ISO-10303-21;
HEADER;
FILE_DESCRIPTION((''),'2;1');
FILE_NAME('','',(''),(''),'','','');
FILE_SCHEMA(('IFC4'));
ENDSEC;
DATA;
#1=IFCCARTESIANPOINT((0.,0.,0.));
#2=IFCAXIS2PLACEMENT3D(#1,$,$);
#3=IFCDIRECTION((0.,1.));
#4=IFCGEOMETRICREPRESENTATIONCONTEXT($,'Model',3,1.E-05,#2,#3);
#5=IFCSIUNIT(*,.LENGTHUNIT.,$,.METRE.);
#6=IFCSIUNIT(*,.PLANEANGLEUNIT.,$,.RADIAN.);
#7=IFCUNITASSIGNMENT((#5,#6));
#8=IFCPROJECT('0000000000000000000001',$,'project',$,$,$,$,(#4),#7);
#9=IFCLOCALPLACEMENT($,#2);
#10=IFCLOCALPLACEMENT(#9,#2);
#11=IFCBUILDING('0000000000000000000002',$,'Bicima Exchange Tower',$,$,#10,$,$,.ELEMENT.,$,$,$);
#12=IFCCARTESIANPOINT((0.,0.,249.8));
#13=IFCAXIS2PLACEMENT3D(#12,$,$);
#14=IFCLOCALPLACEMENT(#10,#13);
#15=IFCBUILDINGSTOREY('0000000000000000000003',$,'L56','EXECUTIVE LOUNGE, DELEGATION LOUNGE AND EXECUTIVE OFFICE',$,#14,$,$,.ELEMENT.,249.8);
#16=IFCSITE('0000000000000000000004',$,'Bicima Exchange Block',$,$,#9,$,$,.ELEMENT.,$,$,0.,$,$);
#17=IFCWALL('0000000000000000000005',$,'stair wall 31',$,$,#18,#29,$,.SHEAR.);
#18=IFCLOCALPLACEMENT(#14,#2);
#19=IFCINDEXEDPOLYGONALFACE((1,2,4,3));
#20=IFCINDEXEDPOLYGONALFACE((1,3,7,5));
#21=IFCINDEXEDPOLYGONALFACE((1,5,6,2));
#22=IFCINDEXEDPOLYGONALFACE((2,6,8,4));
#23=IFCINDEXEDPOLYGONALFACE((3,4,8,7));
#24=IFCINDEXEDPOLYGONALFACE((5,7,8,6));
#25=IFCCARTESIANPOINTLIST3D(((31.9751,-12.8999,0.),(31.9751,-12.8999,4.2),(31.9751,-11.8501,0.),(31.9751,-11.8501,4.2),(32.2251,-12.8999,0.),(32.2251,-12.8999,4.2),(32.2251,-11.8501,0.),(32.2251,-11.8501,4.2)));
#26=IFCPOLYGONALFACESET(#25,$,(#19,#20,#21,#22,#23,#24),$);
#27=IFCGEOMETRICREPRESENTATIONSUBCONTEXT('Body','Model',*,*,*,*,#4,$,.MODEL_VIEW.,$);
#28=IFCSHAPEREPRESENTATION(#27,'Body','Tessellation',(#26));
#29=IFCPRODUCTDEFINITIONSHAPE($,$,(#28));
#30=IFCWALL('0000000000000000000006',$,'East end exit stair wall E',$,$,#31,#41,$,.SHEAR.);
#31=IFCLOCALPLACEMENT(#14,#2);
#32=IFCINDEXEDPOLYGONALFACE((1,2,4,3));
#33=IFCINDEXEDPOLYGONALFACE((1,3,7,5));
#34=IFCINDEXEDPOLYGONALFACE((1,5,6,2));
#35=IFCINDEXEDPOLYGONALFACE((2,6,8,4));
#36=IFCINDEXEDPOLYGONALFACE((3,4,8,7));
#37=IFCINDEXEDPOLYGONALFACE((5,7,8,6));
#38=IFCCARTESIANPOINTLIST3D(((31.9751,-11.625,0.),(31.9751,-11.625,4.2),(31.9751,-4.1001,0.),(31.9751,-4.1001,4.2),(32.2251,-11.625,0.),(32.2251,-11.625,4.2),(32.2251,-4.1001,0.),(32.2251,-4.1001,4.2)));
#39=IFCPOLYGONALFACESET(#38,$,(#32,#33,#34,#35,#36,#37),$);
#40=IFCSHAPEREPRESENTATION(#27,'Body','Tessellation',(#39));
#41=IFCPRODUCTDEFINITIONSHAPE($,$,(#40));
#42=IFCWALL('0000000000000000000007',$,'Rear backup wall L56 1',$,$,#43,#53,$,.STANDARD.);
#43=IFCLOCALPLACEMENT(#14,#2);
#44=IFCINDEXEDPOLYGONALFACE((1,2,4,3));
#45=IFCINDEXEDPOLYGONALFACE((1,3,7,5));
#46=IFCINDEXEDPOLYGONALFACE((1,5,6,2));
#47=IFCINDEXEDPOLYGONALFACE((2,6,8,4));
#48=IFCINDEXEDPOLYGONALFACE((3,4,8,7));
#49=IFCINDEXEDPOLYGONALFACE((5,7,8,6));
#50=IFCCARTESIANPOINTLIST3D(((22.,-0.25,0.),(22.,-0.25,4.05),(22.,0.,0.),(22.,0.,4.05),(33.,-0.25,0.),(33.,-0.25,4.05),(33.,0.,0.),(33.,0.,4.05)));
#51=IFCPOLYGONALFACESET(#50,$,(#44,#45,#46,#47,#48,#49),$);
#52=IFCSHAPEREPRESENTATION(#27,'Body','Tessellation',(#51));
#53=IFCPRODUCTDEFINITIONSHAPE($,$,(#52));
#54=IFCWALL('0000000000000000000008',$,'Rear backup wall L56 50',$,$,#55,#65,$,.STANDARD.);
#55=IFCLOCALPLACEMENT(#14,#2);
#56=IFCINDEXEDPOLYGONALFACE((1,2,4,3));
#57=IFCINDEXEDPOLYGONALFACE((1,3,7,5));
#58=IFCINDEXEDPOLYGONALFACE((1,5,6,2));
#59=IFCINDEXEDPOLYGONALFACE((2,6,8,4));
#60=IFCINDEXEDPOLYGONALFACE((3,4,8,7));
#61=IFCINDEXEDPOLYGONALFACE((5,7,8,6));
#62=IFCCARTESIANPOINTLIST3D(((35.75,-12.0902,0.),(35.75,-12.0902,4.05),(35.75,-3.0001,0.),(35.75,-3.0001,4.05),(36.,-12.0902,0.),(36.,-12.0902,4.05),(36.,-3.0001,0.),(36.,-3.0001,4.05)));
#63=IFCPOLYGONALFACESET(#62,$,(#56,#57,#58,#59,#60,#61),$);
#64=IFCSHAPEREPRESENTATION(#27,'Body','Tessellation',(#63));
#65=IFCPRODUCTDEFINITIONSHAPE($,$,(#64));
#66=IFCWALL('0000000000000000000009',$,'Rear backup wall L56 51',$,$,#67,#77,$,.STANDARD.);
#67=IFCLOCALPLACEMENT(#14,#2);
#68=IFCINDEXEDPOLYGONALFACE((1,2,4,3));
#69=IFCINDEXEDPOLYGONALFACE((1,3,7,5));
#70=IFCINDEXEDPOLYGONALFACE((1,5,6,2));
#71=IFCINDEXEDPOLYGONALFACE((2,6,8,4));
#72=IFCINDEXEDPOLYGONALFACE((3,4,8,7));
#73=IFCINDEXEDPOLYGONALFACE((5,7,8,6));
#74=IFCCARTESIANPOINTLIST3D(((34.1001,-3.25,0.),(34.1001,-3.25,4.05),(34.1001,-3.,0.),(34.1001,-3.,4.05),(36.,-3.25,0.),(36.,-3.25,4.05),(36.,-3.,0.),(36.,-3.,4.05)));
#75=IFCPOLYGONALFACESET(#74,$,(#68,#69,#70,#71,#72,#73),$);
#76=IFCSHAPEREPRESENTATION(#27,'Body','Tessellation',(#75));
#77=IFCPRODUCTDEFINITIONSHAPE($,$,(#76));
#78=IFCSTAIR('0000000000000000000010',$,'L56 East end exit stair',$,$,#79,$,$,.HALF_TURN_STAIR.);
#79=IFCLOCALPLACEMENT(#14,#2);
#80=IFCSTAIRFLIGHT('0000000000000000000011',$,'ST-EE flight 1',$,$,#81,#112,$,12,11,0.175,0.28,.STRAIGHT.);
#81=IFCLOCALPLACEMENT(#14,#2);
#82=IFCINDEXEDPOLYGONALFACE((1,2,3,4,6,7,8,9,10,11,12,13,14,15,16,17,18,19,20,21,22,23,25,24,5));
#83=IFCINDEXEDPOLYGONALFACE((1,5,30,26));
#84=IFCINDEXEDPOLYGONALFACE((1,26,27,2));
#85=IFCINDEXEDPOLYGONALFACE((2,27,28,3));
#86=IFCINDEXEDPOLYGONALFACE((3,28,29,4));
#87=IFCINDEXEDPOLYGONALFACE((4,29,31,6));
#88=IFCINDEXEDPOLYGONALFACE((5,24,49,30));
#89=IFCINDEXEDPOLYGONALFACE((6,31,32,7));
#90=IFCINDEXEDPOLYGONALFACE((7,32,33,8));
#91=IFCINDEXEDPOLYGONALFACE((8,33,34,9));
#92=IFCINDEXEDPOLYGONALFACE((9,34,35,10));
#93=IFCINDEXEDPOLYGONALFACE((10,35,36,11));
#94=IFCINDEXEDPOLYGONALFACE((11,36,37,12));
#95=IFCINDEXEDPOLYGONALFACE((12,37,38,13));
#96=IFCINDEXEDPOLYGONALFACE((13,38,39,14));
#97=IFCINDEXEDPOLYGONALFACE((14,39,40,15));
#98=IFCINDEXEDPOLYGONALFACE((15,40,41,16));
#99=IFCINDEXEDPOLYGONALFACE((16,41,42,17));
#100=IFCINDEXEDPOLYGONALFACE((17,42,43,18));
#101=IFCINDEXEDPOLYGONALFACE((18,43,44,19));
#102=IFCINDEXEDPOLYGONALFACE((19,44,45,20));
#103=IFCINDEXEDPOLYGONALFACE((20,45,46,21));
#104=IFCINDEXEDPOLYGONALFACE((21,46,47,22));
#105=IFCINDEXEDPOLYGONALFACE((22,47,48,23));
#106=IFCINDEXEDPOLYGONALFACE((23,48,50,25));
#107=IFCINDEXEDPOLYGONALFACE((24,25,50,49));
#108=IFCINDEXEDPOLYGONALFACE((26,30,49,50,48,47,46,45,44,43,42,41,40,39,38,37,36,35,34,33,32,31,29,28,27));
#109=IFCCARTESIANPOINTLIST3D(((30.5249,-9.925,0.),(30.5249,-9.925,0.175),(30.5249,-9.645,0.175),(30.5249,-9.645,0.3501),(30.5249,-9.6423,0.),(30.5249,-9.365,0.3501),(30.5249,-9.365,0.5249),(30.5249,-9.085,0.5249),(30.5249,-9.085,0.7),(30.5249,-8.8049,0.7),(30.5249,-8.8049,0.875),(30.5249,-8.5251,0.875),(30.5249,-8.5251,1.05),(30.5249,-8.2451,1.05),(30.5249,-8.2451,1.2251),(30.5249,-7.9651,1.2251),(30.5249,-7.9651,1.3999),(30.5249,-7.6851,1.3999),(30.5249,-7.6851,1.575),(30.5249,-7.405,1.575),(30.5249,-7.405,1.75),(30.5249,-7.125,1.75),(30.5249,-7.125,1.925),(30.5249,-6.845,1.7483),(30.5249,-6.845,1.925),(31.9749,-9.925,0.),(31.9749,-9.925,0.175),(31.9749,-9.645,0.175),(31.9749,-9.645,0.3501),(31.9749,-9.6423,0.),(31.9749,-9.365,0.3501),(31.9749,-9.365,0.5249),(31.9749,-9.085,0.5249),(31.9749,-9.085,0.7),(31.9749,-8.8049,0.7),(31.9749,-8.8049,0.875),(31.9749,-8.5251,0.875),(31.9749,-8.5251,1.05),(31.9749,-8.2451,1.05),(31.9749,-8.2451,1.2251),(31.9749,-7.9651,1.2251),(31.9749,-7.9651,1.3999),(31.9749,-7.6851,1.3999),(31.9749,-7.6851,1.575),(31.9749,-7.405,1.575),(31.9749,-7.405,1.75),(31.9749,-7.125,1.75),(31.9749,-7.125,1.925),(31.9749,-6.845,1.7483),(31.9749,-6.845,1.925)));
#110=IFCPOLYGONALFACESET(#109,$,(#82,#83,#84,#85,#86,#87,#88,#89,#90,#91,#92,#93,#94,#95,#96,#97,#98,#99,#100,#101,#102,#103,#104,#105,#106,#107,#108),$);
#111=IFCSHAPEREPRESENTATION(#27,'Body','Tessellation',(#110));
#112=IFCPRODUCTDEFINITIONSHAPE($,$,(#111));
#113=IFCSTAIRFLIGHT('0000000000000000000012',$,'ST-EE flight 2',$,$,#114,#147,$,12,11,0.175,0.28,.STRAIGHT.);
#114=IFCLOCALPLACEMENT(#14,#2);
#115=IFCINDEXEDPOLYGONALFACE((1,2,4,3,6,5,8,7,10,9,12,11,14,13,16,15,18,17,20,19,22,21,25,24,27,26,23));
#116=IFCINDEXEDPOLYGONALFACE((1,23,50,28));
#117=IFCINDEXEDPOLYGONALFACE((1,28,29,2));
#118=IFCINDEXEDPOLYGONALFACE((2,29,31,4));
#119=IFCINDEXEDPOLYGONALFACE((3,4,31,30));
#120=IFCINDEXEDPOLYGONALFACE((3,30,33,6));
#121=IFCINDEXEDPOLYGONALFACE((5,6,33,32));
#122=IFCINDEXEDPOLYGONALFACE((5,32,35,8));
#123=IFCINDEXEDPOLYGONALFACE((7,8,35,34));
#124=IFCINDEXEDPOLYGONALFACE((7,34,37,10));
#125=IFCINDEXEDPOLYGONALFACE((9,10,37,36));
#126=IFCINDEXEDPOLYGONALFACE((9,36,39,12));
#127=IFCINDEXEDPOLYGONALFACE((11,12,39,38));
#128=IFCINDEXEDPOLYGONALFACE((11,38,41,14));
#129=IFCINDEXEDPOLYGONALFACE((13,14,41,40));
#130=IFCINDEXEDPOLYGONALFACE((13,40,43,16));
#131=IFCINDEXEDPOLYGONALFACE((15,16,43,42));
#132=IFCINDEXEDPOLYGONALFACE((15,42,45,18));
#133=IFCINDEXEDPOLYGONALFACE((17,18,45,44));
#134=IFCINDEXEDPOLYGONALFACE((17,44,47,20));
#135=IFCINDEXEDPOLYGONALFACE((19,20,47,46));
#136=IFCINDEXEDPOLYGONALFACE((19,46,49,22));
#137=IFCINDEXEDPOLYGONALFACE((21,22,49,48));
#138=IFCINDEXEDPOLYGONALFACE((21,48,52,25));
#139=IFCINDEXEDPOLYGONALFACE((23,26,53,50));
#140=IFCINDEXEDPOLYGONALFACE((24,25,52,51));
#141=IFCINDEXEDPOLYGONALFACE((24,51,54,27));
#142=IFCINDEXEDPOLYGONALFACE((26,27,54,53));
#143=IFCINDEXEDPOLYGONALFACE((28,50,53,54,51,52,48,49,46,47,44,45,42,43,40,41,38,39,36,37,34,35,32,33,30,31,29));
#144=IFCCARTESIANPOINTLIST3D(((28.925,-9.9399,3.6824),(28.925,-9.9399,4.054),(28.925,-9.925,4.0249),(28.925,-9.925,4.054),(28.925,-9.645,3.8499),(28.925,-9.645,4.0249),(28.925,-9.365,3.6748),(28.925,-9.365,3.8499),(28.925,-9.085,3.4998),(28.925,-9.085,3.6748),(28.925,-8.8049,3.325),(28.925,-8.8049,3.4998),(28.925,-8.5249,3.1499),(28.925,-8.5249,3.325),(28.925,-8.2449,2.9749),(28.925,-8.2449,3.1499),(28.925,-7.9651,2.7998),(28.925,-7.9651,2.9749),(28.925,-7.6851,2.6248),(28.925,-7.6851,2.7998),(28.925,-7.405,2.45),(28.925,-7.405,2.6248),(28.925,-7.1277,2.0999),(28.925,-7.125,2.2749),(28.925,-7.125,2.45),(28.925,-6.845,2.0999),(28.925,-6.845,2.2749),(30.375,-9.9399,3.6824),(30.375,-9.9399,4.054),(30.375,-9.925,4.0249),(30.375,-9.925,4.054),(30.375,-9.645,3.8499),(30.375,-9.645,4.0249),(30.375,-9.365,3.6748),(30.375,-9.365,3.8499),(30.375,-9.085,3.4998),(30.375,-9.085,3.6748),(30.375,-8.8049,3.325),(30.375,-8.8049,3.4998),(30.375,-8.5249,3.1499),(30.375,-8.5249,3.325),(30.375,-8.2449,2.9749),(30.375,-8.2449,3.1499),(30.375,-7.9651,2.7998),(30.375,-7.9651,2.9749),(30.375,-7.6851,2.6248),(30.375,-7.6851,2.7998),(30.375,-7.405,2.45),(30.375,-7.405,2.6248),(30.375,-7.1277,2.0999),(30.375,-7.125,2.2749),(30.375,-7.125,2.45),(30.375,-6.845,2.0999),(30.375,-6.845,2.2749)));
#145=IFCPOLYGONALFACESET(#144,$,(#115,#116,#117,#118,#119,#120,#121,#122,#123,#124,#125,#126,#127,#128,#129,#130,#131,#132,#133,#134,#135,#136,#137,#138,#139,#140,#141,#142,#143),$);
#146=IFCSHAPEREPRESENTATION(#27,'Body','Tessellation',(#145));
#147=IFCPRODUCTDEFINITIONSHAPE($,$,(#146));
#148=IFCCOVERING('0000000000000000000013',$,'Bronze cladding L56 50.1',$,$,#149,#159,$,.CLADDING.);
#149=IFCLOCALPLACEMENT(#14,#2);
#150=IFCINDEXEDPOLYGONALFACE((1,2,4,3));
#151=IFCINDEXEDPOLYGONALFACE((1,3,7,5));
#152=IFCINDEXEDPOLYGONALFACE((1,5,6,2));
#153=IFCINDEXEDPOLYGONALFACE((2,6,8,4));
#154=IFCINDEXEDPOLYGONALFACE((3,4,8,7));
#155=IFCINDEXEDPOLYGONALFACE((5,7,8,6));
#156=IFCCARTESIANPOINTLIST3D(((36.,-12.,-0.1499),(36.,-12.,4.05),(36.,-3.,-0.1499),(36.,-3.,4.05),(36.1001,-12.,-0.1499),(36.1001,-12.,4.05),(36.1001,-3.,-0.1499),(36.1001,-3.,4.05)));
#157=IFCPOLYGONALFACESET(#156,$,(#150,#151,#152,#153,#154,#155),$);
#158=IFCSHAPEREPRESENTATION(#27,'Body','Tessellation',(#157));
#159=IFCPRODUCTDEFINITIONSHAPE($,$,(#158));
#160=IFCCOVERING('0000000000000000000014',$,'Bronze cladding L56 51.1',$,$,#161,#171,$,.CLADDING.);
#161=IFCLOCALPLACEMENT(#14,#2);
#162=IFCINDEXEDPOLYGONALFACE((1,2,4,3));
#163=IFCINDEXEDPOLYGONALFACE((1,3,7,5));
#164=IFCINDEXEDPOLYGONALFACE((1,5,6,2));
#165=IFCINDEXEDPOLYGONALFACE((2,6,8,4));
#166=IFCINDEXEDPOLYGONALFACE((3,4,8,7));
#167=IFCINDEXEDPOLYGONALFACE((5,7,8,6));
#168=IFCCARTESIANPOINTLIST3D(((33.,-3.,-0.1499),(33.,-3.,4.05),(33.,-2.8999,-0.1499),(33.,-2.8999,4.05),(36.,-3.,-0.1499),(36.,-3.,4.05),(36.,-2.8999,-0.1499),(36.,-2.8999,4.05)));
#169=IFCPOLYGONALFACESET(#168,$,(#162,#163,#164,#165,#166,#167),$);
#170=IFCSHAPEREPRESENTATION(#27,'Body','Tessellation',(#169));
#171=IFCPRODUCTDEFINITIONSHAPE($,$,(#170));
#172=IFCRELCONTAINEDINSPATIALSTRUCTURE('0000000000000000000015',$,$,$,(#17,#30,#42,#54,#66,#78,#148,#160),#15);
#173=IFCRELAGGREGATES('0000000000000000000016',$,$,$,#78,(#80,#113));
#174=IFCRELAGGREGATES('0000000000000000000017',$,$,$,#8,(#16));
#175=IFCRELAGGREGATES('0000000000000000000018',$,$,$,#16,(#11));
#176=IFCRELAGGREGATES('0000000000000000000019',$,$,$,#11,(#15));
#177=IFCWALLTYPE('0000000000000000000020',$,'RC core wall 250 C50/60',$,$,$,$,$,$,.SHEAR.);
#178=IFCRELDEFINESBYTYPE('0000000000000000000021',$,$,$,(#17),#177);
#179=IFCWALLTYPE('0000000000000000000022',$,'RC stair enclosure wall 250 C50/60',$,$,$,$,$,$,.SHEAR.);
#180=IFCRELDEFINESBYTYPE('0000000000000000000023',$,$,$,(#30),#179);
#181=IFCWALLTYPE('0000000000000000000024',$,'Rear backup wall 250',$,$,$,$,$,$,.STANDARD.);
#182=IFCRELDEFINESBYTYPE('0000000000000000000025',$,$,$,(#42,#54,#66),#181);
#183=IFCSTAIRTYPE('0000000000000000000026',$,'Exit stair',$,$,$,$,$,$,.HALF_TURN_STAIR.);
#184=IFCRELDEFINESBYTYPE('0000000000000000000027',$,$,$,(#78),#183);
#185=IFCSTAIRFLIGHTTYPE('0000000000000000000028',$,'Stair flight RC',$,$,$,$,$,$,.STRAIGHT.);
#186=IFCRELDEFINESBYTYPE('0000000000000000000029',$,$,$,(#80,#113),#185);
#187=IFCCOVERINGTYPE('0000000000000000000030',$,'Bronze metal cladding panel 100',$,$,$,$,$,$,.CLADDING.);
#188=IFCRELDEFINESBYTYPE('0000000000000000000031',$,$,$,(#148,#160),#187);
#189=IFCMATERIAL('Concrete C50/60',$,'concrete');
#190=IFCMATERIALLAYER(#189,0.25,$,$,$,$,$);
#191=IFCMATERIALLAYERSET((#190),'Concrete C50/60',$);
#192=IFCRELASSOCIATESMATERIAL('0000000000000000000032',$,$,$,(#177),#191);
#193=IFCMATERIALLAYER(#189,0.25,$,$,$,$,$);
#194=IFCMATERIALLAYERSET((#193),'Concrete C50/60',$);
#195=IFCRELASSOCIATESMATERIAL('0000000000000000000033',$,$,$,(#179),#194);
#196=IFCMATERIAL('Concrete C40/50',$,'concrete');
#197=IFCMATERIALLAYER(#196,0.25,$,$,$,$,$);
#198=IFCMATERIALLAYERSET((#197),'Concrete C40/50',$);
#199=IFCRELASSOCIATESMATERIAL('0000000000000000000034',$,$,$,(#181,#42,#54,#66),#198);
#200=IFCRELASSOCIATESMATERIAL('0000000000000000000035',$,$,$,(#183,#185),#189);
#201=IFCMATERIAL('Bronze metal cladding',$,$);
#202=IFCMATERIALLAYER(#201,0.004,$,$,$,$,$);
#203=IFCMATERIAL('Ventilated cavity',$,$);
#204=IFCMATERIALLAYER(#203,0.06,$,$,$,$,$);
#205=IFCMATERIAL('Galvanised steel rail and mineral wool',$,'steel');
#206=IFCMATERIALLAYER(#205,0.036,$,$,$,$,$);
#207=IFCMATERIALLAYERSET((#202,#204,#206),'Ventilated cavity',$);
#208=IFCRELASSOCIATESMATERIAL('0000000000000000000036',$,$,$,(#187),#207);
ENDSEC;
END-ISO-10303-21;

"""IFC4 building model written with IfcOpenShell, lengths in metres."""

from ifc_helpers import new_model, si_unit, direction, frame, frame_2d, origin, origin_2d, place, context, subcontext, project, spatial, polyline, rectangle, outline, extrude, material, layer, layer_set, layer_usage, type_object, element, aggregate, save


model = new_model("IFC4")

# Units and contexts
model_context = context("Model", 3, precision=1e-05, world=origin(), true_north=direction((0.0, 1.0)))
body_context = subcontext(model_context, "Body", "Model", "MODEL_VIEW")
ifc_project = project(units=[si_unit("LENGTHUNIT", "METRE"), si_unit("PLANEANGLEUNIT", "RADIAN")], contexts=[model_context])

# Site, building, storey
site_placement = place(None, origin())
site = spatial("IfcSite", under=ifc_project, at=site_placement, Name="Bicima Exchange Block", CompositionType="ELEMENT", RefElevation=0.0)
building_placement = place(site_placement, origin())
building = spatial("IfcBuilding", under=site, at=building_placement, Name="Bicima Exchange Tower", CompositionType="ELEMENT")
storey_placement = place(building_placement, frame((0.0, 0.0, 249.8)))
storey = spatial("IfcBuildingStorey", under=building, at=storey_placement, Name="L56", Description="EXECUTIVE LOUNGE, DELEGATION LOUNGE AND EXECUTIVE OFFICE", CompositionType="ELEMENT", Elevation=249.8)

# Walls
ifc_material_1 = material(Name="Concrete C50/60", Category="concrete")
ifc_layer_1 = layer(ifc_material_1, 0.25)
ifc_layer_set_1 = layer_set([ifc_layer_1], Name="Concrete C50/60")
wall_type_1 = type_object("IfcWallType", Name="RC core wall 250 C50/60", PredefinedType="SHEAR", material=ifc_layer_set_1)
wall_1_placement = place(storey_placement, frame((32.1001, -12.8999, 0.0), z_axis=(0.0, 0.0, 1.0), x_axis=(0.0, 1.0, 0.0)))
element("IfcWall", 1, at=wall_1_placement, inside=storey, type_object=wall_type_1, Name="stair wall 31", PredefinedType="SHEAR", context=body_context, shape_type="SweptSolid", body=[
    extrude(rectangle(XDim=1.0498, YDim=0.25, at=frame_2d((0.5249, 0.0))), origin(), (0.0, 0.0, 1.0), 4.2),
])
ifc_layer_2 = layer(ifc_material_1, 0.25)
ifc_layer_set_2 = layer_set([ifc_layer_2], Name="Concrete C50/60")
wall_type_2 = type_object("IfcWallType", Name="RC stair enclosure wall 250 C50/60", PredefinedType="SHEAR", material=ifc_layer_set_2)
wall_2_placement = place(storey_placement, frame((32.1001, -11.625, 0.0), z_axis=(0.0, 0.0, 1.0), x_axis=(0.0, 1.0, 0.0)))
element("IfcWall", 2, at=wall_2_placement, inside=storey, type_object=wall_type_2, Name="East end exit stair wall E", PredefinedType="SHEAR", context=body_context, shape_type="SweptSolid", body=[
    extrude(rectangle(XDim=7.5249, YDim=0.25, at=frame_2d((3.7625, 0.0))), origin(), (0.0, 0.0, 1.0), 4.2),
])
ifc_material_2 = material(Name="Concrete C40/50", Category="concrete")
ifc_layer_3 = layer(ifc_material_2, 0.25)
ifc_layer_set_3 = layer_set([ifc_layer_3], Name="Concrete C40/50")
ifc_layer_usage = layer_usage(ifc_layer_set_3, "AXIS2", "POSITIVE", -0.125)
wall_type_3 = type_object("IfcWallType", Name="Rear backup wall 250", PredefinedType="STANDARD", material=ifc_layer_set_3)
wall_3_placement = place(storey_placement, frame((33.0, -0.125, 0.0), z_axis=(0.0, 0.0, 1.0), x_axis=(-1.0, 0.0, 0.0)))
element("IfcWall", 3, at=wall_3_placement, inside=storey, type_object=wall_type_3, material=ifc_layer_usage, Name="Rear backup wall L56 1", PredefinedType="STANDARD", context=body_context, shape_type="SweptSolid", body=[
    extrude(rectangle(XDim=11.0, YDim=0.25, at=frame_2d((5.5, 0.0))), origin(), (0.0, 0.0, 1.0), 4.05),
])
wall_4_placement = place(storey_placement, frame((35.875, -12.0901, 0.0), z_axis=(0.0, 0.0, 1.0), x_axis=(0.0, 1.0, 0.0)))
element("IfcWall", 4, at=wall_4_placement, inside=storey, type_object=wall_type_3, material=ifc_layer_usage, Name="Rear backup wall L56 50", PredefinedType="STANDARD", context=body_context, shape_type="SweptSolid", body=[
    extrude(rectangle(XDim=9.0901, YDim=0.25, at=frame_2d((4.5449, 0.0))), origin(), (0.0, 0.0, 1.0), 4.05),
])
wall_5_placement = place(storey_placement, frame((36.0, -3.125, 0.0), z_axis=(0.0, 0.0, 1.0), x_axis=(-1.0, 0.0, 0.0)))
element("IfcWall", 5, at=wall_5_placement, inside=storey, type_object=wall_type_3, material=ifc_layer_usage, Name="Rear backup wall L56 51", PredefinedType="STANDARD", context=body_context, shape_type="SweptSolid", body=[
    extrude(rectangle(XDim=1.8999, YDim=0.25, at=frame_2d((0.95, 0.0))), origin(), (0.0, 0.0, 1.0), 4.05),
])

# Stair, stair flights
stair_type = type_object("IfcStairType", Name="Exit stair", PredefinedType="HALF_TURN_STAIR", material=ifc_material_1)
stair_placement = place(storey_placement, origin())
stair = element("IfcStair", 6, at=stair_placement, inside=storey, type_object=stair_type, Name="L56 East end exit stair", PredefinedType="HALF_TURN_STAIR")
stair_flight_type = type_object("IfcStairFlightType", Name="Stair flight RC", PredefinedType="STRAIGHT", material=ifc_material_1)
stair_flight_1_placement = place(storey_placement, frame((31.25, -9.925, 0.0), z_axis=(0.0, 0.0, 1.0), x_axis=(0.0, 1.0, 0.0)))
stair_flight_1 = element("IfcStairFlight", 7, at=stair_flight_1_placement, type_object=stair_flight_type, Name="ST-EE flight 1", NumberOfRisers=12, NumberOfTreads=11, PredefinedType="STRAIGHT", RiserHeight=0.175, TreadLength=0.28, context=body_context, shape_type="SweptSolid", body=[
    extrude(outline(polyline([(0.0, 0.0), (0.0, 0.175), (0.28, 0.175), (0.28, 0.3501), (0.5601, 0.3501), (0.5601, 0.5249), (0.8401, 0.5249), (0.8401, 0.7), (1.1201, 0.7), (1.1201, 0.875), (1.3999, 0.875), (1.3999, 1.05), (1.6799, 1.05), (1.6799, 1.2251), (1.96, 1.2251), (1.96, 1.3999), (2.24, 1.3999), (2.24, 1.575), (2.52, 1.575), (2.52, 1.75), (2.8, 1.75), (2.8, 1.925), (3.0801, 1.925), (3.0801, 2.1001), (3.0801, 1.7483), (0.2827, 0.0), (0.0, 0.0)])), frame((0.0, 0.7251, 0.0), z_axis=(0.0, -1.0, 0.0), x_axis=(1.0, 0.0, 0.0)), (0.0, 0.0, 1.0), 1.45),
])
stair_flight_2_placement = place(storey_placement, frame((29.6499, -6.845, 2.0999), z_axis=(0.0, 0.0, 1.0), x_axis=(0.0, -1.0, 0.0)))
stair_flight_2 = element("IfcStairFlight", 8, at=stair_flight_2_placement, type_object=stair_flight_type, Name="ST-EE flight 2", NumberOfRisers=12, NumberOfTreads=11, PredefinedType="STRAIGHT", RiserHeight=0.175, TreadLength=0.28, context=body_context, shape_type="SweptSolid", body=[
    extrude(outline(polyline([(0.0, 0.0), (0.0, 0.175), (0.28, 0.175), (0.28, 0.3501), (0.5601, 0.3501), (0.5601, 0.5249), (0.8401, 0.5249), (0.8401, 0.7), (1.1201, 0.7), (1.1201, 0.875), (1.3999, 0.875), (1.3999, 1.05), (1.6799, 1.05), (1.6799, 1.2251), (1.96, 1.2251), (1.96, 1.3999), (2.24, 1.3999), (2.24, 1.575), (2.52, 1.575), (2.52, 1.75), (2.8, 1.75), (2.8, 1.925), (3.0801, 1.925), (3.0801, 1.9541), (3.095, 1.9541), (3.095, 1.5825), (0.2827, 0.0), (0.0, 0.0)])), frame((0.0, 0.7251, 0.0), z_axis=(0.0, -1.0, 0.0), x_axis=(1.0, 0.0, 0.0)), (0.0, 0.0, 1.0), 1.45),
])
aggregate(stair, [stair_flight_1, stair_flight_2])

# Coverings
ifc_material_3 = material(Name="Bronze metal cladding")
ifc_layer_4 = layer(ifc_material_3, 0.004)
ifc_material_4 = material(Name="Ventilated cavity")
ifc_layer_5 = layer(ifc_material_4, 0.06)
ifc_material_5 = material(Name="Galvanised steel rail and mineral wool", Category="steel")
ifc_layer_6 = layer(ifc_material_5, 0.036)
ifc_layer_set_4 = layer_set([ifc_layer_4, ifc_layer_5, ifc_layer_6], Name="Ventilated cavity")
covering_type = type_object("IfcCoveringType", Name="Bronze metal cladding panel 100", PredefinedType="CLADDING", material=ifc_layer_set_4)
covering_1_placement = place(storey_placement, frame((36.05, -7.5, -0.1499), z_axis=(0.0, 0.0, 1.0), x_axis=(0.0, 1.0, 0.0)))
element("IfcCovering", 9, at=covering_1_placement, inside=storey, type_object=covering_type, Name="Bronze cladding L56 50.1", PredefinedType="CLADDING", context=body_context, shape_type="SweptSolid", body=[
    extrude(rectangle(XDim=9.0, YDim=0.1001, at=origin_2d()), origin(), (0.0, 0.0, 1.0), 4.2),
])
covering_2_placement = place(storey_placement, frame((34.5, -2.95, -0.1499), z_axis=(0.0, 0.0, 1.0), x_axis=(-1.0, 0.0, 0.0)))
element("IfcCovering", 10, at=covering_2_placement, inside=storey, type_object=covering_type, Name="Bronze cladding L56 51.1", PredefinedType="CLADDING", context=body_context, shape_type="SweptSolid", body=[
    extrude(rectangle(XDim=3.0, YDim=0.1001, at=origin_2d()), origin(), (0.0, 0.0, 1.0), 4.2),
])

save(model, "model.ifc")
